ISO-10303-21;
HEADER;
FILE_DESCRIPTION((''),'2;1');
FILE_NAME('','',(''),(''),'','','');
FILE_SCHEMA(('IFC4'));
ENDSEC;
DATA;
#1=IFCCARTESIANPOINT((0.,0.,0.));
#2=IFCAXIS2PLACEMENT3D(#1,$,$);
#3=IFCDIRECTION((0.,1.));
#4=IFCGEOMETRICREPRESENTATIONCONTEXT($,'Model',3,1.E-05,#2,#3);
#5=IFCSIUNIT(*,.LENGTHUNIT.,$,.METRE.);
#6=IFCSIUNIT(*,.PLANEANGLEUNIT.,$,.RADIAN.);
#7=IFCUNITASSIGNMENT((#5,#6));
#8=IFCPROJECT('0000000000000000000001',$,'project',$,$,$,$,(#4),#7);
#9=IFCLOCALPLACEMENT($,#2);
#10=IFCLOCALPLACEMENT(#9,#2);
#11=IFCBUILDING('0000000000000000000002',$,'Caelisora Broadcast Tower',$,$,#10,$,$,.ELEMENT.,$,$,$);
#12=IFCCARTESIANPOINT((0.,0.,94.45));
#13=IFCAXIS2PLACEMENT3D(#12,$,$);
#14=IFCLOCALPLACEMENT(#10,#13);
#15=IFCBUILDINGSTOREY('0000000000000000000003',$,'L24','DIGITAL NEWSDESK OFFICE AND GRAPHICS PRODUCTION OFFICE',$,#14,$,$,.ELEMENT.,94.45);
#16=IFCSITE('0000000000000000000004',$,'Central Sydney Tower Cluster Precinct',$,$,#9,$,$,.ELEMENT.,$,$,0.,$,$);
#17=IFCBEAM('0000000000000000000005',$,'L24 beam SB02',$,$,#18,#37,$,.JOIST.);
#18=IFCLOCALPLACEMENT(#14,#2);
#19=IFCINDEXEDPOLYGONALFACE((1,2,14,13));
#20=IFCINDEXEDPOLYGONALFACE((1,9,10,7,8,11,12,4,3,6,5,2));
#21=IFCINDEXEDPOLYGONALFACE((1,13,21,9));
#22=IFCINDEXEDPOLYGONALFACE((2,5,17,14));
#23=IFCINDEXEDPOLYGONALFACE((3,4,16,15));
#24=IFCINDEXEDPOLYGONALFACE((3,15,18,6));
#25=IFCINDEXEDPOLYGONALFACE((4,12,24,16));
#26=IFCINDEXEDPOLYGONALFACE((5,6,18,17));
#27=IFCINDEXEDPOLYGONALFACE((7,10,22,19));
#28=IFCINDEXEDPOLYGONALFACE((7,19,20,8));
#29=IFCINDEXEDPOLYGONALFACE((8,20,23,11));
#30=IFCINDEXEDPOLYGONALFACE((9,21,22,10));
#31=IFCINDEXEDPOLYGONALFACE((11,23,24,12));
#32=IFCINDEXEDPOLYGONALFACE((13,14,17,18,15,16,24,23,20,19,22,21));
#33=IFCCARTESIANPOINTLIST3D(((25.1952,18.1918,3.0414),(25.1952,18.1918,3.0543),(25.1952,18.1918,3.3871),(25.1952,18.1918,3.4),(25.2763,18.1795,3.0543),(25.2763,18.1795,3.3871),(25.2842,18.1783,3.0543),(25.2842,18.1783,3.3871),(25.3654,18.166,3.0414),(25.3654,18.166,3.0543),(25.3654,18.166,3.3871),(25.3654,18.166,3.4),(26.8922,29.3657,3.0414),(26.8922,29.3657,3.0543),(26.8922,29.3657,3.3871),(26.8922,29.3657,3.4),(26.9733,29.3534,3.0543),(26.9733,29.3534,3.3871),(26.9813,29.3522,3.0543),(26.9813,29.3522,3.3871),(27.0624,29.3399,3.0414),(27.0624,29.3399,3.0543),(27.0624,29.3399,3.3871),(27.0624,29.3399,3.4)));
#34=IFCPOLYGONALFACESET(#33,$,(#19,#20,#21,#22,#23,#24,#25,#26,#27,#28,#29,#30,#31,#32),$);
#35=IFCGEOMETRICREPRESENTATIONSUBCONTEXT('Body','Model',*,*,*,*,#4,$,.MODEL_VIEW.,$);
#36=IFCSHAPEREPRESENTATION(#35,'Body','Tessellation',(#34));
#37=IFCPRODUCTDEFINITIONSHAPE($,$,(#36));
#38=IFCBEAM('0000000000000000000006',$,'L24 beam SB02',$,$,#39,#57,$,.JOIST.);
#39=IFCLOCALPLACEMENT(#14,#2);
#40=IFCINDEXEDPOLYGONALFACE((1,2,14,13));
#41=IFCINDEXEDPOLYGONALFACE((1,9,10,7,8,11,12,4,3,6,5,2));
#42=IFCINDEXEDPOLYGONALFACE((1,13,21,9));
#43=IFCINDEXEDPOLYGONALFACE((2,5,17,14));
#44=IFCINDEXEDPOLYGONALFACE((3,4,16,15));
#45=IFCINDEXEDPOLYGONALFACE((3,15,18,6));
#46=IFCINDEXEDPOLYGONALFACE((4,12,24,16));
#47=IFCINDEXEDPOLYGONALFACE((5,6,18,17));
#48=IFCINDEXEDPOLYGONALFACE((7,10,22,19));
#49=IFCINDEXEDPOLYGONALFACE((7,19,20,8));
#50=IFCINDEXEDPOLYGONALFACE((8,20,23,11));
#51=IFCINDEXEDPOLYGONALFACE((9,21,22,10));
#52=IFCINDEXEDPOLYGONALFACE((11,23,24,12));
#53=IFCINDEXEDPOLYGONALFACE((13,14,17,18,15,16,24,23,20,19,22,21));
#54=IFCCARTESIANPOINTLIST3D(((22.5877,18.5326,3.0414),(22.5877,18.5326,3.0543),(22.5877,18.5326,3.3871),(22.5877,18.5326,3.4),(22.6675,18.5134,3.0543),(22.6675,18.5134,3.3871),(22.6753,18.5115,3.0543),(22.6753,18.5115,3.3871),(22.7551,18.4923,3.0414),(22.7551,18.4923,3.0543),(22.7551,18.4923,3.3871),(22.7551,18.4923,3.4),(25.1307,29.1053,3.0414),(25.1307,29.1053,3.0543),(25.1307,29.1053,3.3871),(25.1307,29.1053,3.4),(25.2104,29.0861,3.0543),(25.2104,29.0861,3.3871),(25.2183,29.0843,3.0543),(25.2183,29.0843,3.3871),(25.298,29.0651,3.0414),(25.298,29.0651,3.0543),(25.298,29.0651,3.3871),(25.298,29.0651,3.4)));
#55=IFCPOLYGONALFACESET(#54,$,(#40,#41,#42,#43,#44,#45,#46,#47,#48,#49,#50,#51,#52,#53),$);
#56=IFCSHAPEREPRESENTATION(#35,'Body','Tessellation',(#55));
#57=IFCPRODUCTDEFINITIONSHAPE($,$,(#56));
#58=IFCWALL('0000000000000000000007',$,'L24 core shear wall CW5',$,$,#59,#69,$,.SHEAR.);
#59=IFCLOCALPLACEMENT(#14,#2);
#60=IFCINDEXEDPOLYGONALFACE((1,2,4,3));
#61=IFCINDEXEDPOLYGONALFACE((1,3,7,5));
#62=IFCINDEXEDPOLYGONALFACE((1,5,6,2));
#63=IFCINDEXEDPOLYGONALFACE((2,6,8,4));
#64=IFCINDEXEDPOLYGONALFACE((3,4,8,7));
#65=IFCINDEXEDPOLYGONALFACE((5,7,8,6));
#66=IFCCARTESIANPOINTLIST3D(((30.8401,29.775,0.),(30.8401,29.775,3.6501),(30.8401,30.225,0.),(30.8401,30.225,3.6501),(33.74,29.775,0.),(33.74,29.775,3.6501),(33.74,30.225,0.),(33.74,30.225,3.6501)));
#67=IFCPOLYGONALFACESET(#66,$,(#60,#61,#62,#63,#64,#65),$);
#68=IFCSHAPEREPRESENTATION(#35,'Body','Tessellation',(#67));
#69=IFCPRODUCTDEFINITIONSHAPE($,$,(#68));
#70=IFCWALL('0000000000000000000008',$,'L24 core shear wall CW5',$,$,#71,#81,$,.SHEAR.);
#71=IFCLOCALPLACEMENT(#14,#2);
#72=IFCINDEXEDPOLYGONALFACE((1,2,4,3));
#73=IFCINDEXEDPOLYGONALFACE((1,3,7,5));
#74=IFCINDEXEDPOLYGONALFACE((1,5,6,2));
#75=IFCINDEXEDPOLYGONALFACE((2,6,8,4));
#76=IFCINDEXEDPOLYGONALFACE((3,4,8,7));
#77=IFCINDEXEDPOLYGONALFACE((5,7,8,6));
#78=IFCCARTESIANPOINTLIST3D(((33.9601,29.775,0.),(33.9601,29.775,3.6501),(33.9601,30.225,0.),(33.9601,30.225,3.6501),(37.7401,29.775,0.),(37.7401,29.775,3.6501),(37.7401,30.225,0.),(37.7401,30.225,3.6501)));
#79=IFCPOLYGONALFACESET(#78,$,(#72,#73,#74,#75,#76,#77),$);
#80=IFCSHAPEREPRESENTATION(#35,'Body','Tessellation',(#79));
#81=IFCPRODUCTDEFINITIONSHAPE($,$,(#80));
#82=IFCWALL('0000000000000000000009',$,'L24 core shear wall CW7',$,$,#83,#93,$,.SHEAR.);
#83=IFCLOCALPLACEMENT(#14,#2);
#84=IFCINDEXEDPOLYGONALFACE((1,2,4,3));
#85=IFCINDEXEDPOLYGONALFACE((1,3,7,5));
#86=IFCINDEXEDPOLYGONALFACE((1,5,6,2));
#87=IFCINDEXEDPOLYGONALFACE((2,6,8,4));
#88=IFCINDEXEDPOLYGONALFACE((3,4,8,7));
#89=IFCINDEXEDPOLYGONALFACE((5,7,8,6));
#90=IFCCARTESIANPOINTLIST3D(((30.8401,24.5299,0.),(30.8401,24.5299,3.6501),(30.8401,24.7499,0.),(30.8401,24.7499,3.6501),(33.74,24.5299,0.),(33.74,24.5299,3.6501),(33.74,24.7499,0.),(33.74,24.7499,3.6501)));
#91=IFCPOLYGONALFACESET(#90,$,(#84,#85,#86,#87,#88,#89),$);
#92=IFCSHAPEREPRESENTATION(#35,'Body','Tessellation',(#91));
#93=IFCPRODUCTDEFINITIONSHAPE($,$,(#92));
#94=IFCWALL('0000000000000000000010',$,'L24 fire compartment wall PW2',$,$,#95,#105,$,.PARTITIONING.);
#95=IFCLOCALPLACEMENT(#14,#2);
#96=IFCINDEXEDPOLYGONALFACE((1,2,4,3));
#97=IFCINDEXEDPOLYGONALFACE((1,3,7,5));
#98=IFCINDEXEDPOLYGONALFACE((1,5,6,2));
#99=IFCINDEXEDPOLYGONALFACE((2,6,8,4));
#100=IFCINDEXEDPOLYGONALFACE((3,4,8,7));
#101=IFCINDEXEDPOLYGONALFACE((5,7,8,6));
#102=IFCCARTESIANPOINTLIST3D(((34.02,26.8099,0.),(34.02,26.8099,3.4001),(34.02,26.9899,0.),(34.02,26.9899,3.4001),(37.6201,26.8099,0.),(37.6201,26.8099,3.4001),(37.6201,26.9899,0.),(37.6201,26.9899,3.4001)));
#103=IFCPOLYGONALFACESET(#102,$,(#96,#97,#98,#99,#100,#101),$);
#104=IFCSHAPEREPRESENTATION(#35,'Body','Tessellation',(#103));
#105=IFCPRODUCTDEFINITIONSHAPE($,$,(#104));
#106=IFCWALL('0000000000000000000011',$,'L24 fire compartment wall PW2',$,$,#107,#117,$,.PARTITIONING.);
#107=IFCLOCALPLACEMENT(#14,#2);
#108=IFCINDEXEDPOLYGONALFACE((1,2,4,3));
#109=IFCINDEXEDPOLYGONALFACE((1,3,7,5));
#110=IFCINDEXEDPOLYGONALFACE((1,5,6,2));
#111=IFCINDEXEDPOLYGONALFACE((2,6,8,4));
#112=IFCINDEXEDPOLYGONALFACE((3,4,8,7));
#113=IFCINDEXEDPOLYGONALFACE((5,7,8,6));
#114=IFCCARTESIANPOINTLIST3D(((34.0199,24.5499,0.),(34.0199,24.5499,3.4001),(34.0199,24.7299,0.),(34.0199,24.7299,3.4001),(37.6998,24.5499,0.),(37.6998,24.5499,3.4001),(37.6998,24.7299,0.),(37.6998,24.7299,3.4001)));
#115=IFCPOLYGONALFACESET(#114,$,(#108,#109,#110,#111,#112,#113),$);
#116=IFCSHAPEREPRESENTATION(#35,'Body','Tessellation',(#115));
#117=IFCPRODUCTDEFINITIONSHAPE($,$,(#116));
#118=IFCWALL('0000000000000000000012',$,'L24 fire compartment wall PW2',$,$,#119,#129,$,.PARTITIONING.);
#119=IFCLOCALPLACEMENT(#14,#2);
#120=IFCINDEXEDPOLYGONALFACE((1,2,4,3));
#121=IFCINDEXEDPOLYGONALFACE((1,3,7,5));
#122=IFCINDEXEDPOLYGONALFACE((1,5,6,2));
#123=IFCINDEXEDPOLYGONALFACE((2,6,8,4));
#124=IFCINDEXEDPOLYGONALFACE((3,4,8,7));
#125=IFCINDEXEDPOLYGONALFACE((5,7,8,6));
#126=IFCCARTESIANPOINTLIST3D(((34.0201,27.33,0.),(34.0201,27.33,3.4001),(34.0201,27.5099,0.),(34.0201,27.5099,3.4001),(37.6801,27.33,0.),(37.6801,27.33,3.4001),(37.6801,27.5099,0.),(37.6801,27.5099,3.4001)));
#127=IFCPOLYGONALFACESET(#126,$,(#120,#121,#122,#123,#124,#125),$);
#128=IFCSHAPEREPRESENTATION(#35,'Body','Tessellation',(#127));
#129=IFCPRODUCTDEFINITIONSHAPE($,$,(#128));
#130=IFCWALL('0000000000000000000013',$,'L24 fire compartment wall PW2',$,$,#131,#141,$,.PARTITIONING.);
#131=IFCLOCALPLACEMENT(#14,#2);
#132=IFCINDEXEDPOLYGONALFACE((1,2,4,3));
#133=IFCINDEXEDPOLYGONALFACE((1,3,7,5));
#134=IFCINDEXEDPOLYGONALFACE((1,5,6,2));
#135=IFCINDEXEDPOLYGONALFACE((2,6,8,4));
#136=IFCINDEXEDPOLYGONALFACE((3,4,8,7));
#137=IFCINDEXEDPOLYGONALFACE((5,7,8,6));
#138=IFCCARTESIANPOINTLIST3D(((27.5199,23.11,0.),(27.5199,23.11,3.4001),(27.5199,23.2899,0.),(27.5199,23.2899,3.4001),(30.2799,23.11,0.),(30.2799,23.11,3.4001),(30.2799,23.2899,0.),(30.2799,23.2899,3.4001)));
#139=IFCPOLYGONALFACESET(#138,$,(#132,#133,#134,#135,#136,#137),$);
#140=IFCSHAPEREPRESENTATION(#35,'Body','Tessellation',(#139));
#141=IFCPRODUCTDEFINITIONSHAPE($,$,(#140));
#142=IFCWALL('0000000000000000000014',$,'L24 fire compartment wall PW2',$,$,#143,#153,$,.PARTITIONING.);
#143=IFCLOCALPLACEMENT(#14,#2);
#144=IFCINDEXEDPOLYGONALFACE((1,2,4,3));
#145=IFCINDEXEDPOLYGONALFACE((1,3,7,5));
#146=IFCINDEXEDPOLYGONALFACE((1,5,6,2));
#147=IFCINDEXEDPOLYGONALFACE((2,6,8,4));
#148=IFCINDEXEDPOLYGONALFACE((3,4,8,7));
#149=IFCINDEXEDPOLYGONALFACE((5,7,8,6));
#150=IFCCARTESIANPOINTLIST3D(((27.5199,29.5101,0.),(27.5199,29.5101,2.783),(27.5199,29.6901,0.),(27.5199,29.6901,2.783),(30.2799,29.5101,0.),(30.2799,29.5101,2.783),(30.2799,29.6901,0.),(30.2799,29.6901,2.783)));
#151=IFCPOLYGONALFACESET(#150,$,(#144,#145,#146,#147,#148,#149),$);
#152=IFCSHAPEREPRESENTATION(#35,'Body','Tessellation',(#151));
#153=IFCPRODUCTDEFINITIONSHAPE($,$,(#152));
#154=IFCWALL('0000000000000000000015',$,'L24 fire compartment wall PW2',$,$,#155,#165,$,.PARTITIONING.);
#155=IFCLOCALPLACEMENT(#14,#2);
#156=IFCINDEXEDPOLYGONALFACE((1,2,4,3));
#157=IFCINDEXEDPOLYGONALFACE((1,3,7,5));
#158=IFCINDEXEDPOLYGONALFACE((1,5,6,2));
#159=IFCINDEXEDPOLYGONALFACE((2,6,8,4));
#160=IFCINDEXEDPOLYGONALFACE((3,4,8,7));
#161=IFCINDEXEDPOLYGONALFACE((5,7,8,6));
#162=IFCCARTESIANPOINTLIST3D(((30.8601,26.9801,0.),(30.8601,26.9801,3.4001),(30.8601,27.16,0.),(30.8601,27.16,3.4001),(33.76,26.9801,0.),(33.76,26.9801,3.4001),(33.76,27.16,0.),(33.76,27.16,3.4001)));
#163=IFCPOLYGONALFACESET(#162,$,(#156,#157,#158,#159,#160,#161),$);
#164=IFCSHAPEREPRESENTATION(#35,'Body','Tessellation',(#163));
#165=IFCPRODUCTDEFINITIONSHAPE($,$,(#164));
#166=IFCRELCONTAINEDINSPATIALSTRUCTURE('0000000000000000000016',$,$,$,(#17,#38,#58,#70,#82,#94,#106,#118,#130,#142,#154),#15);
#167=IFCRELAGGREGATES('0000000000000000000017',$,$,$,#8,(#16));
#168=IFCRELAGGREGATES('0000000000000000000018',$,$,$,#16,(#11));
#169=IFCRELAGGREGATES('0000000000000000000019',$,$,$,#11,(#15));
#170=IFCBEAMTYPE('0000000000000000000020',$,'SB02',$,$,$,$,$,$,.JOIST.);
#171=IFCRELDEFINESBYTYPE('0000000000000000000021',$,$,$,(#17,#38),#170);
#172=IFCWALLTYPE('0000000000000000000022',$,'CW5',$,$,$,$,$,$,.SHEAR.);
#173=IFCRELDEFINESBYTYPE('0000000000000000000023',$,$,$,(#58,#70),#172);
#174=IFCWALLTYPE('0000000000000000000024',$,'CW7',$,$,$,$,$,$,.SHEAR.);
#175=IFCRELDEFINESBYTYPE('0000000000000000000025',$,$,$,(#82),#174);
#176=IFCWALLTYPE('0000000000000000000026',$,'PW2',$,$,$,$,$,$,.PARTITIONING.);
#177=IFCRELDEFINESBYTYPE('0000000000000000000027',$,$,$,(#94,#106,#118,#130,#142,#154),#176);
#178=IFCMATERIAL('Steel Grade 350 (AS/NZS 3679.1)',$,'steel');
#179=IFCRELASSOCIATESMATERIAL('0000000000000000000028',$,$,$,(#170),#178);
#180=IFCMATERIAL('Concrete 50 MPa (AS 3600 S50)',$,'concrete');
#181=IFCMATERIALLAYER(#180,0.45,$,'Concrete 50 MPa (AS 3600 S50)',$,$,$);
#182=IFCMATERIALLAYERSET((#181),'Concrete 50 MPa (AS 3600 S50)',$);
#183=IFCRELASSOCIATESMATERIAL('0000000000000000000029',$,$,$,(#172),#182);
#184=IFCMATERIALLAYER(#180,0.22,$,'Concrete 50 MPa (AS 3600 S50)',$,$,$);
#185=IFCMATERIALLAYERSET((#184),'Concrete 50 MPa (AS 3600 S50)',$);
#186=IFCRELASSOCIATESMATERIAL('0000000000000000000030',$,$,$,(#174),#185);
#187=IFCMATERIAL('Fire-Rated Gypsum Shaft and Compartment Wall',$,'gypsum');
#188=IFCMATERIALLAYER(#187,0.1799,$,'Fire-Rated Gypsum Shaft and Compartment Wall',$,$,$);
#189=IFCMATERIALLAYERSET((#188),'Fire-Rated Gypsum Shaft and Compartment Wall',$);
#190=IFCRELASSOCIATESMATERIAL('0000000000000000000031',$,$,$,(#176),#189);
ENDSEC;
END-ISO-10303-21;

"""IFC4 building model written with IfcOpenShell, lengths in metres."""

from ifc_helpers import new_model, si_unit, direction, frame, frame_2d, origin, origin_2d, place, context, subcontext, project, spatial, rectangle, i_section, extrude, source, transform, mapped, material, layer, layer_set, material_profile, profile_set, type_object, element, save


model = new_model("IFC4")

# Units and contexts
model_context = context("Model", 3, precision=1e-05, world=origin(), true_north=direction((0.0, 1.0)))
body_context = subcontext(model_context, "Body", "Model", "MODEL_VIEW")
ifc_project = project(units=[si_unit("LENGTHUNIT", "METRE"), si_unit("PLANEANGLEUNIT", "RADIAN")], contexts=[model_context])

# Site, building, storey
site_placement = place(None, origin())
site = spatial("IfcSite", under=ifc_project, at=site_placement, Name="Central Sydney Tower Cluster Precinct", CompositionType="ELEMENT", RefElevation=0.0)
building_placement = place(site_placement, origin())
building = spatial("IfcBuilding", under=site, at=building_placement, Name="Caelisora Broadcast Tower", CompositionType="ELEMENT")
storey_placement = place(building_placement, frame((0.0, 0.0, 94.45)))
storey = spatial("IfcBuildingStorey", under=building, at=storey_placement, Name="L24", Description="DIGITAL NEWSDESK OFFICE AND GRAPHICS PRODUCTION OFFICE", CompositionType="ELEMENT", Elevation=94.45)

# Shared definitions
ifc_material_1 = material(Name="Steel Grade 350 (AS/NZS 3679.1)", Category="steel")

# Beams
ifc_material_profile_1 = material_profile(ifc_material_1, i_section(OverallWidth=0.1721, OverallDepth=0.3586, WebThickness=0.0081, FlangeThickness=0.0129, at=origin_2d()), Name="Steel Grade 350 (AS/NZS 3679.1)")
ifc_profile_set_1 = profile_set([ifc_material_profile_1], Name="Steel Grade 350 (AS/NZS 3679.1)")
beam_type_1 = type_object("IfcBeamType", Name="SB02", PredefinedType="JOIST", material=ifc_profile_set_1)
shared_shape_1 = source(origin(), body_context, "Body", "SweptSolid", [
    extrude(i_section(OverallWidth=0.1721, OverallDepth=0.3586, WebThickness=0.0081, FlangeThickness=0.0129, at=origin_2d()), origin(), (0.0, 0.0, 1.0), 11.302),
])
beam_1_placement = place(storey_placement, frame((26.9773, 29.3528, 3.2207), z_axis=(-0.150153, -0.988663, 0.0), x_axis=(0.988663, -0.150153, 0.0)))
element("IfcBeam", 1, at=beam_1_placement, inside=storey, type_object=beam_type_1, Name="L24 beam SB02", PredefinedType="JOIST", context=body_context, shape_type="MappedRepresentation", body=[
    mapped(shared_shape_1, transform((0.0, 0.0, 0.0), scale=1.0)),
])
shared_shape_2 = source(origin(), body_context, "Body", "SweptSolid", [
    extrude(i_section(OverallWidth=0.1721, OverallDepth=0.3586, WebThickness=0.0081, FlangeThickness=0.0129, at=origin_2d()), origin(), (0.0, 0.0, 1.0), 10.8743),
])
beam_2_placement = place(storey_placement, frame((25.2144, 29.0852, 3.2207), z_axis=(-0.233852, -0.972272, 0.0), x_axis=(0.972272, -0.233852, 0.0)))
element("IfcBeam", 2, at=beam_2_placement, inside=storey, type_object=beam_type_1, Name="L24 beam SB02", PredefinedType="JOIST", context=body_context, shape_type="MappedRepresentation", body=[
    mapped(shared_shape_2, transform((0.0, 0.0, 0.0), scale=1.0)),
])

# Walls
ifc_material_2 = material(Name="Concrete 50 MPa (AS 3600 S50)", Category="concrete")
ifc_layer_1 = layer(ifc_material_2, 0.45, Name="Concrete 50 MPa (AS 3600 S50)")
ifc_layer_set_1 = layer_set([ifc_layer_1], Name="Concrete 50 MPa (AS 3600 S50)")
wall_type_1 = type_object("IfcWallType", Name="CW5", PredefinedType="SHEAR", material=ifc_layer_set_1)
wall_1_placement = place(storey_placement, frame((30.8401, 30.0, 0.0), z_axis=(0.0, 0.0, 1.0), x_axis=(1.0, 0.0, 0.0)))
element("IfcWall", 3, at=wall_1_placement, inside=storey, type_object=wall_type_1, Name="L24 core shear wall CW5", PredefinedType="SHEAR", context=body_context, shape_type="SweptSolid", body=[
    extrude(rectangle(XDim=2.8999, YDim=0.45, at=frame_2d((1.45, 0.0))), origin(), (0.0, 0.0, 1.0), 3.6501),
])
wall_2_placement = place(storey_placement, frame((33.96, 30.0, 0.0), z_axis=(0.0, 0.0, 1.0), x_axis=(1.0, 0.0, 0.0)))
element("IfcWall", 4, at=wall_2_placement, inside=storey, type_object=wall_type_1, Name="L24 core shear wall CW5", PredefinedType="SHEAR", context=body_context, shape_type="SweptSolid", body=[
    extrude(rectangle(XDim=3.78, YDim=0.45, at=frame_2d((1.8901, 0.0))), origin(), (0.0, 0.0, 1.0), 3.6501),
])
ifc_layer_2 = layer(ifc_material_2, 0.22, Name="Concrete 50 MPa (AS 3600 S50)")
ifc_layer_set_2 = layer_set([ifc_layer_2], Name="Concrete 50 MPa (AS 3600 S50)")
wall_type_2 = type_object("IfcWallType", Name="CW7", PredefinedType="SHEAR", material=ifc_layer_set_2)
wall_3_placement = place(storey_placement, frame((30.8401, 24.6399, 0.0), z_axis=(0.0, 0.0, 1.0), x_axis=(1.0, 0.0, 0.0)))
element("IfcWall", 5, at=wall_3_placement, inside=storey, type_object=wall_type_2, Name="L24 core shear wall CW7", PredefinedType="SHEAR", context=body_context, shape_type="SweptSolid", body=[
    extrude(rectangle(XDim=2.8999, YDim=0.22, at=frame_2d((1.45, 0.0))), origin(), (0.0, 0.0, 1.0), 3.6501),
])
ifc_material_3 = material(Name="Fire-Rated Gypsum Shaft and Compartment Wall", Category="gypsum")
ifc_layer_3 = layer(ifc_material_3, 0.1799, Name="Fire-Rated Gypsum Shaft and Compartment Wall")
ifc_layer_set_3 = layer_set([ifc_layer_3], Name="Fire-Rated Gypsum Shaft and Compartment Wall")
wall_type_3 = type_object("IfcWallType", Name="PW2", PredefinedType="PARTITIONING", material=ifc_layer_set_3)
wall_4_placement = place(storey_placement, frame((34.02, 26.8999, 0.0), z_axis=(0.0, 0.0, 1.0), x_axis=(1.0, 0.0, 0.0)))
element("IfcWall", 6, at=wall_4_placement, inside=storey, type_object=wall_type_3, Name="L24 fire compartment wall PW2", PredefinedType="PARTITIONING", context=body_context, shape_type="SweptSolid", body=[
    extrude(rectangle(XDim=3.6001, YDim=0.1799, at=frame_2d((1.8, 0.0))), origin(), (0.0, 0.0, 1.0), 3.4001),
])
wall_5_placement = place(storey_placement, frame((34.02, 24.6399, 0.0), z_axis=(0.0, 0.0, 1.0), x_axis=(1.0, 0.0, 0.0)))
element("IfcWall", 7, at=wall_5_placement, inside=storey, type_object=wall_type_3, Name="L24 fire compartment wall PW2", PredefinedType="PARTITIONING", context=body_context, shape_type="SweptSolid", body=[
    extrude(rectangle(XDim=3.6799, YDim=0.1799, at=frame_2d((1.8398, 0.0))), origin(), (0.0, 0.0, 1.0), 3.4001),
])
wall_6_placement = place(storey_placement, frame((34.02, 27.4199, 0.0), z_axis=(0.0, 0.0, 1.0), x_axis=(1.0, 0.0, 0.0)))
element("IfcWall", 8, at=wall_6_placement, inside=storey, type_object=wall_type_3, Name="L24 fire compartment wall PW2", PredefinedType="PARTITIONING", context=body_context, shape_type="SweptSolid", body=[
    extrude(rectangle(XDim=3.6599, YDim=0.1799, at=frame_2d((1.8301, 0.0))), origin(), (0.0, 0.0, 1.0), 3.4001),
])
wall_7_placement = place(storey_placement, frame((27.52, 23.2, 0.0), z_axis=(0.0, 0.0, 1.0), x_axis=(1.0, 0.0, 0.0)))
element("IfcWall", 9, at=wall_7_placement, inside=storey, type_object=wall_type_3, Name="L24 fire compartment wall PW2", PredefinedType="PARTITIONING", context=body_context, shape_type="SweptSolid", body=[
    extrude(rectangle(XDim=2.76, YDim=0.1799, at=frame_2d((1.3799, 0.0))), origin(), (0.0, 0.0, 1.0), 3.4001),
])
wall_8_placement = place(storey_placement, frame((27.52, 29.6001, 0.0), z_axis=(0.0, 0.0, 1.0), x_axis=(1.0, 0.0, 0.0)))
element("IfcWall", 10, at=wall_8_placement, inside=storey, type_object=wall_type_3, Name="L24 fire compartment wall PW2", PredefinedType="PARTITIONING", context=body_context, shape_type="SweptSolid", body=[
    extrude(rectangle(XDim=2.76, YDim=0.1799, at=frame_2d((1.3799, 0.0))), origin(), (0.0, 0.0, 1.0), 2.783),
])
wall_9_placement = place(storey_placement, frame((30.8601, 27.0701, 0.0), z_axis=(0.0, 0.0, 1.0), x_axis=(1.0, 0.0, 0.0)))
element("IfcWall", 11, at=wall_9_placement, inside=storey, type_object=wall_type_3, Name="L24 fire compartment wall PW2", PredefinedType="PARTITIONING", context=body_context, shape_type="SweptSolid", body=[
    extrude(rectangle(XDim=2.8999, YDim=0.1799, at=frame_2d((1.45, 0.0))), origin(), (0.0, 0.0, 1.0), 3.4001),
])

save(model, "model.ifc")
